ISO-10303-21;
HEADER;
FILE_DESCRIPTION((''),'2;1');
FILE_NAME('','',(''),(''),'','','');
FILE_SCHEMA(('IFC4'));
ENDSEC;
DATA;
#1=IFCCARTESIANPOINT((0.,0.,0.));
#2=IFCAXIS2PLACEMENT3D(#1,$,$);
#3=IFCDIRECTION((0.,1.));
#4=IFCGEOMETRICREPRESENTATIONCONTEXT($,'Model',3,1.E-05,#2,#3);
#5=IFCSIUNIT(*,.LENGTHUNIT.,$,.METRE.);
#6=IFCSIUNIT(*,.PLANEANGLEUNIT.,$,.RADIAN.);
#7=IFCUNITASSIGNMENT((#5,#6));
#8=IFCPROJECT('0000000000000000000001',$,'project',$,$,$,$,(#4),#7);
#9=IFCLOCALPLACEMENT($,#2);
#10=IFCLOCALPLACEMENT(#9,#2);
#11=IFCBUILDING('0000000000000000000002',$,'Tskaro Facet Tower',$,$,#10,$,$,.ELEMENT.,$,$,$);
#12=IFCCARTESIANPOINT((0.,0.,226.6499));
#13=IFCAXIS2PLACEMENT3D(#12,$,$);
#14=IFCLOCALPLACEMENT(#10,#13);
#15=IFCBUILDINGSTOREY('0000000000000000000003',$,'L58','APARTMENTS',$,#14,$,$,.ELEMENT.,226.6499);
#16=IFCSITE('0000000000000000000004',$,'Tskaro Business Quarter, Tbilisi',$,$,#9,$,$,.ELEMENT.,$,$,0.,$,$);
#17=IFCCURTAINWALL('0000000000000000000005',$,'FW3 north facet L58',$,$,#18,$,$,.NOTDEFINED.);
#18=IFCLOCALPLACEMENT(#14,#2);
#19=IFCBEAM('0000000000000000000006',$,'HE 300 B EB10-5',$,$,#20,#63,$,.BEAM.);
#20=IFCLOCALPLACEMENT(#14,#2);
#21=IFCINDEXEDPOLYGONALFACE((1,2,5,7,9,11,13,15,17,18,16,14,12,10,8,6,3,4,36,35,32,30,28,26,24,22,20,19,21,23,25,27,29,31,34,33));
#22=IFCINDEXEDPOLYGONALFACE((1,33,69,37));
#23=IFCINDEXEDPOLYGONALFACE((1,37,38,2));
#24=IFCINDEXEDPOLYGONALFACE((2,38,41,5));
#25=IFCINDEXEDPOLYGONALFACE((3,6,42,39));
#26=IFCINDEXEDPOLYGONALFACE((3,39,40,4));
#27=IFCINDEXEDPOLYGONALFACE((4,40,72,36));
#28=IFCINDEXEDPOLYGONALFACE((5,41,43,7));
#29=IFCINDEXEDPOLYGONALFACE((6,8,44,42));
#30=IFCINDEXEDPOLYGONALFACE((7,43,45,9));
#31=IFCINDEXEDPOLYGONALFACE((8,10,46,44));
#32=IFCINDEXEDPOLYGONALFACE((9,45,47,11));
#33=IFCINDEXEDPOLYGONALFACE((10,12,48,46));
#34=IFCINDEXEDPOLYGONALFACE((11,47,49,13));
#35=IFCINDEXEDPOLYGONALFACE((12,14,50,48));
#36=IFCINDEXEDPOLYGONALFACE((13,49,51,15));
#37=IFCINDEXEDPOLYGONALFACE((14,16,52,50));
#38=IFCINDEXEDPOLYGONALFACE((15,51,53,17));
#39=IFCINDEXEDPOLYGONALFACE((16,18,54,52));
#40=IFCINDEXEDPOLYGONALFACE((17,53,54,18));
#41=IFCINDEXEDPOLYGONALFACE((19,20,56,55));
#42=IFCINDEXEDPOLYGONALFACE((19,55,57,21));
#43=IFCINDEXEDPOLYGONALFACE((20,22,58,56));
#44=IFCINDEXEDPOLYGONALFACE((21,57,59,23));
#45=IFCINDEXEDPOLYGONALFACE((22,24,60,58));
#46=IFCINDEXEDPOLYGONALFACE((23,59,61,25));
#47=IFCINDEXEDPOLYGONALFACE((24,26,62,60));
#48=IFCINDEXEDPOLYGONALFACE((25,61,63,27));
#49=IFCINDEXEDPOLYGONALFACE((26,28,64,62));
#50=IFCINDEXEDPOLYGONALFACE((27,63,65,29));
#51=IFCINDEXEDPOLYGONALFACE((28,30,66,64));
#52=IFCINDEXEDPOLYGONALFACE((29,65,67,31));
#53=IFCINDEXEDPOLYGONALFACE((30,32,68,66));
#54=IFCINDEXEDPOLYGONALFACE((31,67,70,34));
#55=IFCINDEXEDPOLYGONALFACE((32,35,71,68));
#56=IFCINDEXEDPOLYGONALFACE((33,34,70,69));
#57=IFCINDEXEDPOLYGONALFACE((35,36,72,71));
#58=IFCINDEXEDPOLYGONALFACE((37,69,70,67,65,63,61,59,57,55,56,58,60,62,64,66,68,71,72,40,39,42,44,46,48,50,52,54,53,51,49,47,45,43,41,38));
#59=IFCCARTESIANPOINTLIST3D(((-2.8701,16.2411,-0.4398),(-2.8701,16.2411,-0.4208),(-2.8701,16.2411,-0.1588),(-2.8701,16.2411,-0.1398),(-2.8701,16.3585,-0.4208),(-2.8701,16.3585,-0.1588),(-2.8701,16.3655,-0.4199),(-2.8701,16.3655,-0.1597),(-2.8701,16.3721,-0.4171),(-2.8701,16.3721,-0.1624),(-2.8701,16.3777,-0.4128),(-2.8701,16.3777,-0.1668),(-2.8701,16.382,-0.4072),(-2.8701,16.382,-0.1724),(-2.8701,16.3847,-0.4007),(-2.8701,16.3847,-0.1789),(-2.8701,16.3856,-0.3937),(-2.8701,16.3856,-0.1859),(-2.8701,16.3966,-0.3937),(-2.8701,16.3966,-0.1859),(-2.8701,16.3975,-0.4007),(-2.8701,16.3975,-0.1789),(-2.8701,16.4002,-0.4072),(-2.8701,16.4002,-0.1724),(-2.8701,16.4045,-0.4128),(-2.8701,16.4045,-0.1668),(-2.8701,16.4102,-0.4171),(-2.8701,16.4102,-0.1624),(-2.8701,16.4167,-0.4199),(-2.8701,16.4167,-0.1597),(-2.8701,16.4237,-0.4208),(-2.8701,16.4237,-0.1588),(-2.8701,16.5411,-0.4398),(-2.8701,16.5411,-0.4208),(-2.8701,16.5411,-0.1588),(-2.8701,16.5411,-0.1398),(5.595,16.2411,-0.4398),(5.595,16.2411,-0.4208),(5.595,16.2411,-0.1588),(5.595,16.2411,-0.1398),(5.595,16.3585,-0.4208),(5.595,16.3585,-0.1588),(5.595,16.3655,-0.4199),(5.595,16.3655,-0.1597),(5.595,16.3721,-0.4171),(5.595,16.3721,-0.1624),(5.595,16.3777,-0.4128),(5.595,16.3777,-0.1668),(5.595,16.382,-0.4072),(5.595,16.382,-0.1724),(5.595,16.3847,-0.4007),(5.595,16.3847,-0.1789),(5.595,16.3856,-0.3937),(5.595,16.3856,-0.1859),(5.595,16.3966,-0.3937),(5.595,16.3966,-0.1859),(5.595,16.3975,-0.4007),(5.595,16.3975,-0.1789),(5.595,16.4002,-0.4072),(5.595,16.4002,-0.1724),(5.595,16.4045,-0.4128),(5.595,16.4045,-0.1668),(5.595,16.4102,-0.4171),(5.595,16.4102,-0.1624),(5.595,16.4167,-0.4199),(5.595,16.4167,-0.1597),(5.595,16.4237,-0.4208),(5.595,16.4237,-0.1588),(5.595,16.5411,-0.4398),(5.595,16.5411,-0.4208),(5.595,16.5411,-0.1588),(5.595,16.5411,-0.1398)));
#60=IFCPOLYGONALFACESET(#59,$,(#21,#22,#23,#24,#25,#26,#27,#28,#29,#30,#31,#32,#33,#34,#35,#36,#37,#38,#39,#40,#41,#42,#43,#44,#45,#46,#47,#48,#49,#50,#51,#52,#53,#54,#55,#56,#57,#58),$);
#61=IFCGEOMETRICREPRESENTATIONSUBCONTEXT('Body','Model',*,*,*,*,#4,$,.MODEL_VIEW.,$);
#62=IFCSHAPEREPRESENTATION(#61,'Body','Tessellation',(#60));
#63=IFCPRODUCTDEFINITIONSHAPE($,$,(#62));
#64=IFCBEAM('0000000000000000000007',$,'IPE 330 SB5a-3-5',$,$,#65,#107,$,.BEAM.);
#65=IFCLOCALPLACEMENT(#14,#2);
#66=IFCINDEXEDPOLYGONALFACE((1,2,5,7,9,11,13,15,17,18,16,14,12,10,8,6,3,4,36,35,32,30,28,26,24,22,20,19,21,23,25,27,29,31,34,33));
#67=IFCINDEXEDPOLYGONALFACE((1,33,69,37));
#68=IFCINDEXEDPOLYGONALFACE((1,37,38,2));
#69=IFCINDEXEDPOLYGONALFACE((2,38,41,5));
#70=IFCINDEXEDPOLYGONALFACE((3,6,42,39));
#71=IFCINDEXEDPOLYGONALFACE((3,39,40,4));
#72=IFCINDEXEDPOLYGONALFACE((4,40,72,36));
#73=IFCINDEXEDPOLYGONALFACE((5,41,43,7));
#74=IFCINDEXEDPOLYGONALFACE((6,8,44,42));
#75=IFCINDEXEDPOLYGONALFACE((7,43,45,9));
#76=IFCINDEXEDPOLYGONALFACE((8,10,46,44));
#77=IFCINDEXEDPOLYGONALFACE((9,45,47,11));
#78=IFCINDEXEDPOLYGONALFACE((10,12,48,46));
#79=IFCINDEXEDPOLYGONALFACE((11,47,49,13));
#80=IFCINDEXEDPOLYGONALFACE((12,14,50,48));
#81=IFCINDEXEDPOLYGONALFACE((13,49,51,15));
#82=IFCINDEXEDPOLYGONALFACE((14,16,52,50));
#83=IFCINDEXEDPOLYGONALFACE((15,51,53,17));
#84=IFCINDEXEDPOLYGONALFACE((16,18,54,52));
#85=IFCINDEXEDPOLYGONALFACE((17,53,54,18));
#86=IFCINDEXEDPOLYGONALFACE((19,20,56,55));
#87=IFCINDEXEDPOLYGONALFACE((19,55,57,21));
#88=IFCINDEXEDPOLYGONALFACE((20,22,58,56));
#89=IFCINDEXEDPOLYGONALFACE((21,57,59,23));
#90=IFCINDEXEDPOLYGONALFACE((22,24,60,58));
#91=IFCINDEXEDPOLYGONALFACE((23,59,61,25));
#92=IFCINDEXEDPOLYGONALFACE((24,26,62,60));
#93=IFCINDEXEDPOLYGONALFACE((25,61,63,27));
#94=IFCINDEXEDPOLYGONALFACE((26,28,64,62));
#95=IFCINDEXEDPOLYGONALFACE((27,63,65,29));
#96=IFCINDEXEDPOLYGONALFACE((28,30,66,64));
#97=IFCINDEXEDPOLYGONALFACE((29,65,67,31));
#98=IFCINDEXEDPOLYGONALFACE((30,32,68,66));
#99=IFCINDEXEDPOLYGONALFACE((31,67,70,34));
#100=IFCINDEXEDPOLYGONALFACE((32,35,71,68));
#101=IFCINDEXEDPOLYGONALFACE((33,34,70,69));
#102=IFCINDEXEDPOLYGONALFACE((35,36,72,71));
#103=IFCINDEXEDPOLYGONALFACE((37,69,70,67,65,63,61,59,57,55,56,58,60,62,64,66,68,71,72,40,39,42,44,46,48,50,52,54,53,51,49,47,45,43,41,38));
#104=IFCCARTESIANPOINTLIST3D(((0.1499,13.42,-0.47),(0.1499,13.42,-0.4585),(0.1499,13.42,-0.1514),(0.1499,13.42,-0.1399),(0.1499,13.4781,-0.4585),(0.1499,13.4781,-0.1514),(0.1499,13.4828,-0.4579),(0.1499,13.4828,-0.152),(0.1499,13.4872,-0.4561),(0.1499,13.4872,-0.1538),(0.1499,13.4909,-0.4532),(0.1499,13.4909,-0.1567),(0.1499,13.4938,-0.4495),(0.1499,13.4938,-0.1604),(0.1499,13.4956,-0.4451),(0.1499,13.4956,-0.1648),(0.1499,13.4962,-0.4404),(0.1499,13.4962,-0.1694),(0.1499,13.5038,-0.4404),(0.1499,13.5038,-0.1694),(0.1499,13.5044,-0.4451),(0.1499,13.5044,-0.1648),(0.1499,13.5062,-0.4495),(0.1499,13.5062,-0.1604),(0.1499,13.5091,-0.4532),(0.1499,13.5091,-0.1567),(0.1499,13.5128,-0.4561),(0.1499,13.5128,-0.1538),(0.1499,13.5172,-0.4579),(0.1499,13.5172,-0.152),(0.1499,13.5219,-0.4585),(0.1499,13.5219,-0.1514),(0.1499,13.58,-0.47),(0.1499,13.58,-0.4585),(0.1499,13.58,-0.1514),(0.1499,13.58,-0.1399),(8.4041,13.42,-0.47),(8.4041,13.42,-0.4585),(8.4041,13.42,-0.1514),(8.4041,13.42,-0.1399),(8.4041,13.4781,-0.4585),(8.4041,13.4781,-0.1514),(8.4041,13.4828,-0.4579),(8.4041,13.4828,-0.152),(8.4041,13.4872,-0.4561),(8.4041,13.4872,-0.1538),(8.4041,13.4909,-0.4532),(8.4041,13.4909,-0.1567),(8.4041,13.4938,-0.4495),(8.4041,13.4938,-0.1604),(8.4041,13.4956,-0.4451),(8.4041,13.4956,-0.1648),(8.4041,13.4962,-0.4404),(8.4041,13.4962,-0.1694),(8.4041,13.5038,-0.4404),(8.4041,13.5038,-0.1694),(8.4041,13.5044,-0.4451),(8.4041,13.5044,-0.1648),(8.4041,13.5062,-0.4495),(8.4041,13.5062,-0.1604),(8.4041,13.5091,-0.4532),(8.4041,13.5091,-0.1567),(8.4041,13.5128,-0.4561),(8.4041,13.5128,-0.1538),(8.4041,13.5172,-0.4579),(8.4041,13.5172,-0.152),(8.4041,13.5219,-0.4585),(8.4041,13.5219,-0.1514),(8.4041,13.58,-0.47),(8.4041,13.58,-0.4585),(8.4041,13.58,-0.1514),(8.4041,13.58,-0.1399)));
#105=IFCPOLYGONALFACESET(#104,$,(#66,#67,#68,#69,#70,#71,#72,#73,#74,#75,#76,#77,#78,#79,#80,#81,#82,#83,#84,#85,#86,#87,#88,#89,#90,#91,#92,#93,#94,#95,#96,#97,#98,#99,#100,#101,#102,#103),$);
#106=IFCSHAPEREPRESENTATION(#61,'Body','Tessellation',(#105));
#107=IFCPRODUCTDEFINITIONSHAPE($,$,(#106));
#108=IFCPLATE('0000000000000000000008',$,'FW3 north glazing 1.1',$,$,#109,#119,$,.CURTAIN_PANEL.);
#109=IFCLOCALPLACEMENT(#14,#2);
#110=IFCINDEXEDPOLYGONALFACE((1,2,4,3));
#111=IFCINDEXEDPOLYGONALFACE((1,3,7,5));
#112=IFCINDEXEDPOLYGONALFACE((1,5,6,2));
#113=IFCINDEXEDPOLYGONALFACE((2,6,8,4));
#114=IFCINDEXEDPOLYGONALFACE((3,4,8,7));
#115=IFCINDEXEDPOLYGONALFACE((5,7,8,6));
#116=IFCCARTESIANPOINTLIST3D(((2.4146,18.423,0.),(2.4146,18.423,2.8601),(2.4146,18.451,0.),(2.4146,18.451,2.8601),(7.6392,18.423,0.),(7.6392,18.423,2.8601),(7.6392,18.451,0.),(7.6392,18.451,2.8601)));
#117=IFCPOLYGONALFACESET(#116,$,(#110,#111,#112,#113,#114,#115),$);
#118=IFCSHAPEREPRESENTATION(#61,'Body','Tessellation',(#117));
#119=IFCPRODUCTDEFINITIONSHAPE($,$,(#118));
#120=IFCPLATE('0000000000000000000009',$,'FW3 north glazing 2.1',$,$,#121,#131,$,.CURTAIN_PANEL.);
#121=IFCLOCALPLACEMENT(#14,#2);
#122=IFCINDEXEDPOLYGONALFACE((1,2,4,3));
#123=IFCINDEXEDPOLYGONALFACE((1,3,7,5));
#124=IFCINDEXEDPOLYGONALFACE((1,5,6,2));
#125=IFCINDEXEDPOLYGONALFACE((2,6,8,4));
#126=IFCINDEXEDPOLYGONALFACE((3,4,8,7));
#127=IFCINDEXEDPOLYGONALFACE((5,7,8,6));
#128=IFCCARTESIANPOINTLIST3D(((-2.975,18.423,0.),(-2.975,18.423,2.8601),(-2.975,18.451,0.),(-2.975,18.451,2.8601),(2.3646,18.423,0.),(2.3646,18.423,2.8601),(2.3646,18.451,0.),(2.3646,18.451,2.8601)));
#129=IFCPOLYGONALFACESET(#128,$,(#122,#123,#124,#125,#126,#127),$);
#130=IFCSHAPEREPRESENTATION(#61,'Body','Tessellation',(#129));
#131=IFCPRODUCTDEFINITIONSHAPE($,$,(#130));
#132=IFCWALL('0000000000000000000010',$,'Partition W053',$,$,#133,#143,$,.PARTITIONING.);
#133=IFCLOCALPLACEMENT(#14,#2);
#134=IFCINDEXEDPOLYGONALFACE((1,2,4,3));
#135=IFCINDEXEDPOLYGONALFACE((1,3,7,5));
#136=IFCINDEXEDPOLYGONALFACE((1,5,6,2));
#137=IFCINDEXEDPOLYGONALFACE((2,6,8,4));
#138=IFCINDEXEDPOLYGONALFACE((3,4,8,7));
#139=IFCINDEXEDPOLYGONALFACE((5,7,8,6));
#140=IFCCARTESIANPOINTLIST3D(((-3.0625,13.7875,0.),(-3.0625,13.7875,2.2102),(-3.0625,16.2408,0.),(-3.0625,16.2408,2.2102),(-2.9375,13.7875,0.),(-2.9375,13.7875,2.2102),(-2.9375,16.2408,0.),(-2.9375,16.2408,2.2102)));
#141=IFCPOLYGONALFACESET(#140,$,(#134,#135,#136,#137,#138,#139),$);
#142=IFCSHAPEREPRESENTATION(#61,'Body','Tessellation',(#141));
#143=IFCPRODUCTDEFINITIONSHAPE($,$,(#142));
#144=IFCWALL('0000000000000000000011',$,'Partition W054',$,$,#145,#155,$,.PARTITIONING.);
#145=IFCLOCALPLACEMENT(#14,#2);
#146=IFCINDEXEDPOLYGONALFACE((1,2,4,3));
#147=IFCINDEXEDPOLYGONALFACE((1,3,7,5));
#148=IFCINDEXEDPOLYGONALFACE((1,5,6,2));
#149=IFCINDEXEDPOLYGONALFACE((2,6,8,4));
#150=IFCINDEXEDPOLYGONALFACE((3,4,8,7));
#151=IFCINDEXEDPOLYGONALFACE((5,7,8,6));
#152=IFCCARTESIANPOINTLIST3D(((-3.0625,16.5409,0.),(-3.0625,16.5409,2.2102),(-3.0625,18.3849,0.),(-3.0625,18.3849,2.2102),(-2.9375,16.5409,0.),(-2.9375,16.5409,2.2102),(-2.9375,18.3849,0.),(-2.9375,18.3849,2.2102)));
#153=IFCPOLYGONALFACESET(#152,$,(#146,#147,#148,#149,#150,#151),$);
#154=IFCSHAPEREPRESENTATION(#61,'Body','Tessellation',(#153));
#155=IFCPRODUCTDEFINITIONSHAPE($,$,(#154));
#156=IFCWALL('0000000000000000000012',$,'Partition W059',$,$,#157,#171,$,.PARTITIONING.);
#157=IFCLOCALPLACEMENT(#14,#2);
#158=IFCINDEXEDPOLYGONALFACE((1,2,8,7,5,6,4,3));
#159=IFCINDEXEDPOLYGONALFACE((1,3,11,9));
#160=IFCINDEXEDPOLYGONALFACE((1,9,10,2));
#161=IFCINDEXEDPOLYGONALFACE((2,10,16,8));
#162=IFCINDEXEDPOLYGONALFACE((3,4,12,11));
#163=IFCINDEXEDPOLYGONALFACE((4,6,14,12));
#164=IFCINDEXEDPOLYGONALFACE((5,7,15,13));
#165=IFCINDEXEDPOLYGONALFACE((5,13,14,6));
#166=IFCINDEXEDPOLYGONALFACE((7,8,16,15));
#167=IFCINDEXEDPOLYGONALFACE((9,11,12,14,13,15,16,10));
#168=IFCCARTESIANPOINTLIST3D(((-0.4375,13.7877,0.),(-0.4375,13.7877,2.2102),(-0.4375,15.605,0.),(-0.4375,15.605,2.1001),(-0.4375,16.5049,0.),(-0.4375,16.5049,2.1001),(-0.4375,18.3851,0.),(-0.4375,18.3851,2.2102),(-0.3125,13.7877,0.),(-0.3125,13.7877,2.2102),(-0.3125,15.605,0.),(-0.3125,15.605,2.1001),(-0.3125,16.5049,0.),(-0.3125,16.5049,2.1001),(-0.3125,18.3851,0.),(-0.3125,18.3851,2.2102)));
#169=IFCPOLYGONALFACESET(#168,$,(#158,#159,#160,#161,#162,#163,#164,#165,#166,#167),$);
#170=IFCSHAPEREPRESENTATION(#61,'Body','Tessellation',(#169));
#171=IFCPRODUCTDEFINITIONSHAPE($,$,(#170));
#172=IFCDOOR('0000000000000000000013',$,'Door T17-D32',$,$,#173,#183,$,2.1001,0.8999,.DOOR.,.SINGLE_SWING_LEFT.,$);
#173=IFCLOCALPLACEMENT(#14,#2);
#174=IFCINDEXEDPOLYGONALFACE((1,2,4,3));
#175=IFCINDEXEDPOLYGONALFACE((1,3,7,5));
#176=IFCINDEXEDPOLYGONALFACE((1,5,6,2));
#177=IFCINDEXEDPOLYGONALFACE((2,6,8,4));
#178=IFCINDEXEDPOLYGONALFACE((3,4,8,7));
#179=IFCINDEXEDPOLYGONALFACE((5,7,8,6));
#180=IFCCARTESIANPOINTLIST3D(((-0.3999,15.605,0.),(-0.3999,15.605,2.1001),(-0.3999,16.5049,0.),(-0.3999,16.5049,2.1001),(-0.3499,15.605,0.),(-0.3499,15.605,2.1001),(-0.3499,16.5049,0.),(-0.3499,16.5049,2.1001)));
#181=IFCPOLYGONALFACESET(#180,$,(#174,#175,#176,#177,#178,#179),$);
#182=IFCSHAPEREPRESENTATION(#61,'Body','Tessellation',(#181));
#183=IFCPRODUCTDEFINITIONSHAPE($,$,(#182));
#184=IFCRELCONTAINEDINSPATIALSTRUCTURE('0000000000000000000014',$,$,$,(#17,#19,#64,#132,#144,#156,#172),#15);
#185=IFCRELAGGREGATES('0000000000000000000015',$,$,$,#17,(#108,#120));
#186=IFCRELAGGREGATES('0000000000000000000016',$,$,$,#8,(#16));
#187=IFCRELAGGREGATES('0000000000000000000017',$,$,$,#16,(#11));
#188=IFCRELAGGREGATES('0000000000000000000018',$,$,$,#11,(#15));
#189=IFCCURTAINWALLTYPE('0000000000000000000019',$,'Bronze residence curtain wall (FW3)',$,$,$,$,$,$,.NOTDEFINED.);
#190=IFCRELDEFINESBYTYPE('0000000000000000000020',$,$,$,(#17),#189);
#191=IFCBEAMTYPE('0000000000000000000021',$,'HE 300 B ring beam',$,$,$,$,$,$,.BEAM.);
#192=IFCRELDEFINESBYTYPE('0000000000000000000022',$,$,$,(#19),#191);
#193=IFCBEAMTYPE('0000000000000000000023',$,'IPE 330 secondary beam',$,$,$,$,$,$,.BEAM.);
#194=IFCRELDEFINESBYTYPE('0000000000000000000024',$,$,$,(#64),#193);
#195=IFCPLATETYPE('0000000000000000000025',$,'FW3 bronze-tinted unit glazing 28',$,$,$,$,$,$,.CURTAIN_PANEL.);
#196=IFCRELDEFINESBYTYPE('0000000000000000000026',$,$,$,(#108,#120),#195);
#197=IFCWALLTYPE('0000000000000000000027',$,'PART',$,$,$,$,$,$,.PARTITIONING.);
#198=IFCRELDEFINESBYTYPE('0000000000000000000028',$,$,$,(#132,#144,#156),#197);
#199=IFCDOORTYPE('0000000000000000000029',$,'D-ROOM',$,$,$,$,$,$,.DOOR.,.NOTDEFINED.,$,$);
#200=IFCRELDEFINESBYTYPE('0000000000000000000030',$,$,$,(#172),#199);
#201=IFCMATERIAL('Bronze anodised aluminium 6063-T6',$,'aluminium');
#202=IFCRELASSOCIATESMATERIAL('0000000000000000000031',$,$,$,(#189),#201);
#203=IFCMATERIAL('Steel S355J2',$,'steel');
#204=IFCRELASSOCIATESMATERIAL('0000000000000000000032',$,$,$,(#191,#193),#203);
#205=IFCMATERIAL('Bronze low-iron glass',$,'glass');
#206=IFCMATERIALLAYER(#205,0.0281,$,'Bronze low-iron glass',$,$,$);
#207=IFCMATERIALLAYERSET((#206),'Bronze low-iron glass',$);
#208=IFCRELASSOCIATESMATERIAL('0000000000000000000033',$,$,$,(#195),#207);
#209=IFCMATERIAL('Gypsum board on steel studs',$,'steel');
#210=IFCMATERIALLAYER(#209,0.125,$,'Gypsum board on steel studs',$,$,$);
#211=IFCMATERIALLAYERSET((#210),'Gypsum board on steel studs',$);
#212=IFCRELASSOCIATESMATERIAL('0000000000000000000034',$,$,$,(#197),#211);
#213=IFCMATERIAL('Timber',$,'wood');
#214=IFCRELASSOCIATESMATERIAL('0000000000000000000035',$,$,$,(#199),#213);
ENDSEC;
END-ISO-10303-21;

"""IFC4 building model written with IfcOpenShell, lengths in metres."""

from ifc_helpers import new_model, si_unit, direction, frame, frame_2d, origin, origin_2d, place, context, subcontext, project, spatial, rectangle, i_section, extrude, material, layer, layer_set, material_profile, profile_set, type_object, element, fill, aggregate, save


model = new_model("IFC4")

# Units and contexts
model_context = context("Model", 3, precision=1e-05, world=origin(), true_north=direction((0.0, 1.0)))
body_context = subcontext(model_context, "Body", "Model", "MODEL_VIEW")
ifc_project = project(units=[si_unit("LENGTHUNIT", "METRE"), si_unit("PLANEANGLEUNIT", "RADIAN")], contexts=[model_context])

# Site, building, storey
site_placement = place(None, origin())
site = spatial("IfcSite", under=ifc_project, at=site_placement, Name="Tskaro Business Quarter, Tbilisi", CompositionType="ELEMENT", RefElevation=0.0)
building_placement = place(site_placement, origin())
building = spatial("IfcBuilding", under=site, at=building_placement, Name="Tskaro Facet Tower", CompositionType="ELEMENT")
storey_placement = place(building_placement, frame((0.0, 0.0, 226.6499)))
storey = spatial("IfcBuildingStorey", under=building, at=storey_placement, Name="L58", Description="APARTMENTS", CompositionType="ELEMENT", Elevation=226.6499)

# Shared definitions
ifc_material_1 = material(Name="Steel S355J2", Category="steel")

# Curtain wall
ifc_material_2 = material(Name="Bronze anodised aluminium 6063-T6", Category="aluminium")
curtain_wall_type = type_object("IfcCurtainWallType", Name="Bronze residence curtain wall (FW3)", PredefinedType="NOTDEFINED", material=ifc_material_2)
curtain_wall_placement = place(storey_placement, origin())
curtain_wall = element("IfcCurtainWall", 1, at=curtain_wall_placement, inside=storey, type_object=curtain_wall_type, Name="FW3 north facet L58", PredefinedType="NOTDEFINED")

# Beams
ifc_material_profile_1 = material_profile(ifc_material_1, i_section(OverallWidth=0.3, OverallDepth=0.3, WebThickness=0.011, FlangeThickness=0.019, FilletRadius=0.0271, at=origin_2d()), Name="HE 300 B")
ifc_profile_set_1 = profile_set([ifc_material_profile_1], Name="Steel S355J2")
beam_type_1 = type_object("IfcBeamType", Name="HE 300 B ring beam", PredefinedType="BEAM", material=ifc_profile_set_1)
beam_1_placement = place(storey_placement, frame((5.595, 16.3911, -0.2898), z_axis=(-1.0, 0.0, 0.0), x_axis=(0.0, -1.0, 0.0)))
element("IfcBeam", 2, at=beam_1_placement, inside=storey, type_object=beam_type_1, Name="HE 300 B EB10-5", PredefinedType="BEAM", context=body_context, shape_type="SweptSolid", body=[
    extrude(i_section(OverallWidth=0.3, OverallDepth=0.3, WebThickness=0.011, FlangeThickness=0.019, FilletRadius=0.0271, at=origin_2d()), origin(), (0.0, 0.0, 1.0), 8.4651),
])
ifc_material_profile_2 = material_profile(ifc_material_1, i_section(OverallWidth=0.1599, OverallDepth=0.3301, WebThickness=0.0076, FlangeThickness=0.0115, FilletRadius=0.0181, at=origin_2d()), Name="IPE 330")
ifc_profile_set_2 = profile_set([ifc_material_profile_2], Name="Steel S355J2")
beam_type_2 = type_object("IfcBeamType", Name="IPE 330 secondary beam", PredefinedType="BEAM", material=ifc_profile_set_2)
beam_2_placement = place(storey_placement, frame((0.1499, 13.5, -0.3049), z_axis=(1.0, 0.0, 0.0), x_axis=(0.0, 1.0, 0.0)))
element("IfcBeam", 3, at=beam_2_placement, inside=storey, type_object=beam_type_2, Name="IPE 330 SB5a-3-5", PredefinedType="BEAM", context=body_context, shape_type="SweptSolid", body=[
    extrude(i_section(OverallWidth=0.1599, OverallDepth=0.3301, WebThickness=0.0076, FlangeThickness=0.0115, FilletRadius=0.0181, at=origin_2d()), origin(), (0.0, 0.0, 1.0), 8.2542),
])

# Plates
ifc_material_3 = material(Name="Bronze low-iron glass", Category="glass")
ifc_layer_1 = layer(ifc_material_3, 0.0281, Name="Bronze low-iron glass")
ifc_layer_set_1 = layer_set([ifc_layer_1], Name="Bronze low-iron glass")
plate_type = type_object("IfcPlateType", Name="FW3 bronze-tinted unit glazing 28", PredefinedType="CURTAIN_PANEL", material=ifc_layer_set_1)
plate_1_placement = place(storey_placement, frame((5.0269, 18.437, 0.0), z_axis=(0.0, 0.0, 1.0), x_axis=(-1.0, 0.0, 0.0)))
plate_1 = element("IfcPlate", 4, at=plate_1_placement, type_object=plate_type, Name="FW3 north glazing 1.1", PredefinedType="CURTAIN_PANEL", context=body_context, shape_type="SweptSolid", body=[
    extrude(rectangle(XDim=5.2246, YDim=0.0281, at=origin_2d()), origin(), (0.0, 0.0, 1.0), 2.8601),
])
plate_2_placement = place(storey_placement, frame((-0.3052, 18.437, 0.0), z_axis=(0.0, 0.0, 1.0), x_axis=(-1.0, 0.0, 0.0)))
plate_2 = element("IfcPlate", 5, at=plate_2_placement, type_object=plate_type, Name="FW3 north glazing 2.1", PredefinedType="CURTAIN_PANEL", context=body_context, shape_type="SweptSolid", body=[
    extrude(rectangle(XDim=5.3396, YDim=0.0281, at=origin_2d()), origin(), (0.0, 0.0, 1.0), 2.8601),
])
aggregate(curtain_wall, [plate_1, plate_2])

# Walls
ifc_material_4 = material(Name="Gypsum board on steel studs", Category="steel")
ifc_layer_2 = layer(ifc_material_4, 0.125, Name="Gypsum board on steel studs")
ifc_layer_set_2 = layer_set([ifc_layer_2], Name="Gypsum board on steel studs")
wall_type_1 = type_object("IfcWallType", Name="PART", PredefinedType="PARTITIONING", material=ifc_layer_set_2)
wall_1_placement = place(storey_placement, frame((-3.0, 13.7876, 0.0), z_axis=(0.0, 0.0, 1.0), x_axis=(0.0, 1.0, 0.0)))
element("IfcWall", 6, at=wall_1_placement, inside=storey, type_object=wall_type_1, Name="Partition W053", PredefinedType="PARTITIONING", context=body_context, shape_type="SweptSolid", body=[
    extrude(rectangle(XDim=2.4534, YDim=0.125, at=frame_2d((1.2266, 0.0))), origin(), (0.0, 0.0, 1.0), 2.2102),
])
wall_2_placement = place(storey_placement, frame((-3.0, 16.541, 0.0), z_axis=(0.0, 0.0, 1.0), x_axis=(0.0, 1.0, 0.0)))
element("IfcWall", 7, at=wall_2_placement, inside=storey, type_object=wall_type_1, Name="Partition W054", PredefinedType="PARTITIONING", context=body_context, shape_type="SweptSolid", body=[
    extrude(rectangle(XDim=1.844, YDim=0.125, at=frame_2d((0.9219, 0.0))), origin(), (0.0, 0.0, 1.0), 2.2102),
])

# Wall, opening, door
wall_3_placement = place(storey_placement, frame((-0.375, 13.7876, 0.0), z_axis=(0.0, 0.0, 1.0), x_axis=(0.0, 1.0, 0.0)))
wall_3 = element("IfcWall", 8, at=wall_3_placement, inside=storey, type_object=wall_type_1, Name="Partition W059", PredefinedType="PARTITIONING", context=body_context, shape_type="SweptSolid", body=[
    extrude(rectangle(XDim=4.5974, YDim=0.125, at=frame_2d((2.2988, 0.0))), origin(), (0.0, 0.0, 1.0), 2.2102),
])
opening_1_placement = place(wall_3_placement, frame((1.8174, 0.0, 0.0)))
opening_1 = element("IfcOpeningElement", 9, at=opening_1_placement, cuts=wall_3, PredefinedType="OPENING", context=body_context, shape_type="SweptSolid", body=[
    extrude(rectangle(XDim=0.8999, YDim=2.1001, at=frame_2d((0.45, 1.05))), frame((0.0, 0.0725, 0.0), z_axis=(0.0, -1.0, 0.0), x_axis=(1.0, 0.0, 0.0)), (0.0, 0.0, 1.0), 0.145),
])
ifc_material_5 = material(Name="Timber", Category="wood")
door_type = type_object("IfcDoorType", Name="D-ROOM", OperationType="NOTDEFINED", PredefinedType="DOOR", material=ifc_material_5)
door_1_placement = place(opening_1_placement, origin())
door_1 = element("IfcDoor", 10, at=door_1_placement, inside=storey, type_object=door_type, Name="Door T17-D32", OperationType="SINGLE_SWING_LEFT", OverallHeight=2.1001, OverallWidth=0.8999, PredefinedType="DOOR", context=body_context, shape_type="SweptSolid", body=[
    extrude(rectangle(XDim=0.8999, YDim=2.1001, at=frame_2d((0.45, 1.05))), frame((0.0, 0.0249, 0.0), z_axis=(0.0, -1.0, 0.0), x_axis=(1.0, 0.0, 0.0)), (0.0, 0.0, 1.0), 0.05),
])
fill(opening_1, door_1)

save(model, "model.ifc")
